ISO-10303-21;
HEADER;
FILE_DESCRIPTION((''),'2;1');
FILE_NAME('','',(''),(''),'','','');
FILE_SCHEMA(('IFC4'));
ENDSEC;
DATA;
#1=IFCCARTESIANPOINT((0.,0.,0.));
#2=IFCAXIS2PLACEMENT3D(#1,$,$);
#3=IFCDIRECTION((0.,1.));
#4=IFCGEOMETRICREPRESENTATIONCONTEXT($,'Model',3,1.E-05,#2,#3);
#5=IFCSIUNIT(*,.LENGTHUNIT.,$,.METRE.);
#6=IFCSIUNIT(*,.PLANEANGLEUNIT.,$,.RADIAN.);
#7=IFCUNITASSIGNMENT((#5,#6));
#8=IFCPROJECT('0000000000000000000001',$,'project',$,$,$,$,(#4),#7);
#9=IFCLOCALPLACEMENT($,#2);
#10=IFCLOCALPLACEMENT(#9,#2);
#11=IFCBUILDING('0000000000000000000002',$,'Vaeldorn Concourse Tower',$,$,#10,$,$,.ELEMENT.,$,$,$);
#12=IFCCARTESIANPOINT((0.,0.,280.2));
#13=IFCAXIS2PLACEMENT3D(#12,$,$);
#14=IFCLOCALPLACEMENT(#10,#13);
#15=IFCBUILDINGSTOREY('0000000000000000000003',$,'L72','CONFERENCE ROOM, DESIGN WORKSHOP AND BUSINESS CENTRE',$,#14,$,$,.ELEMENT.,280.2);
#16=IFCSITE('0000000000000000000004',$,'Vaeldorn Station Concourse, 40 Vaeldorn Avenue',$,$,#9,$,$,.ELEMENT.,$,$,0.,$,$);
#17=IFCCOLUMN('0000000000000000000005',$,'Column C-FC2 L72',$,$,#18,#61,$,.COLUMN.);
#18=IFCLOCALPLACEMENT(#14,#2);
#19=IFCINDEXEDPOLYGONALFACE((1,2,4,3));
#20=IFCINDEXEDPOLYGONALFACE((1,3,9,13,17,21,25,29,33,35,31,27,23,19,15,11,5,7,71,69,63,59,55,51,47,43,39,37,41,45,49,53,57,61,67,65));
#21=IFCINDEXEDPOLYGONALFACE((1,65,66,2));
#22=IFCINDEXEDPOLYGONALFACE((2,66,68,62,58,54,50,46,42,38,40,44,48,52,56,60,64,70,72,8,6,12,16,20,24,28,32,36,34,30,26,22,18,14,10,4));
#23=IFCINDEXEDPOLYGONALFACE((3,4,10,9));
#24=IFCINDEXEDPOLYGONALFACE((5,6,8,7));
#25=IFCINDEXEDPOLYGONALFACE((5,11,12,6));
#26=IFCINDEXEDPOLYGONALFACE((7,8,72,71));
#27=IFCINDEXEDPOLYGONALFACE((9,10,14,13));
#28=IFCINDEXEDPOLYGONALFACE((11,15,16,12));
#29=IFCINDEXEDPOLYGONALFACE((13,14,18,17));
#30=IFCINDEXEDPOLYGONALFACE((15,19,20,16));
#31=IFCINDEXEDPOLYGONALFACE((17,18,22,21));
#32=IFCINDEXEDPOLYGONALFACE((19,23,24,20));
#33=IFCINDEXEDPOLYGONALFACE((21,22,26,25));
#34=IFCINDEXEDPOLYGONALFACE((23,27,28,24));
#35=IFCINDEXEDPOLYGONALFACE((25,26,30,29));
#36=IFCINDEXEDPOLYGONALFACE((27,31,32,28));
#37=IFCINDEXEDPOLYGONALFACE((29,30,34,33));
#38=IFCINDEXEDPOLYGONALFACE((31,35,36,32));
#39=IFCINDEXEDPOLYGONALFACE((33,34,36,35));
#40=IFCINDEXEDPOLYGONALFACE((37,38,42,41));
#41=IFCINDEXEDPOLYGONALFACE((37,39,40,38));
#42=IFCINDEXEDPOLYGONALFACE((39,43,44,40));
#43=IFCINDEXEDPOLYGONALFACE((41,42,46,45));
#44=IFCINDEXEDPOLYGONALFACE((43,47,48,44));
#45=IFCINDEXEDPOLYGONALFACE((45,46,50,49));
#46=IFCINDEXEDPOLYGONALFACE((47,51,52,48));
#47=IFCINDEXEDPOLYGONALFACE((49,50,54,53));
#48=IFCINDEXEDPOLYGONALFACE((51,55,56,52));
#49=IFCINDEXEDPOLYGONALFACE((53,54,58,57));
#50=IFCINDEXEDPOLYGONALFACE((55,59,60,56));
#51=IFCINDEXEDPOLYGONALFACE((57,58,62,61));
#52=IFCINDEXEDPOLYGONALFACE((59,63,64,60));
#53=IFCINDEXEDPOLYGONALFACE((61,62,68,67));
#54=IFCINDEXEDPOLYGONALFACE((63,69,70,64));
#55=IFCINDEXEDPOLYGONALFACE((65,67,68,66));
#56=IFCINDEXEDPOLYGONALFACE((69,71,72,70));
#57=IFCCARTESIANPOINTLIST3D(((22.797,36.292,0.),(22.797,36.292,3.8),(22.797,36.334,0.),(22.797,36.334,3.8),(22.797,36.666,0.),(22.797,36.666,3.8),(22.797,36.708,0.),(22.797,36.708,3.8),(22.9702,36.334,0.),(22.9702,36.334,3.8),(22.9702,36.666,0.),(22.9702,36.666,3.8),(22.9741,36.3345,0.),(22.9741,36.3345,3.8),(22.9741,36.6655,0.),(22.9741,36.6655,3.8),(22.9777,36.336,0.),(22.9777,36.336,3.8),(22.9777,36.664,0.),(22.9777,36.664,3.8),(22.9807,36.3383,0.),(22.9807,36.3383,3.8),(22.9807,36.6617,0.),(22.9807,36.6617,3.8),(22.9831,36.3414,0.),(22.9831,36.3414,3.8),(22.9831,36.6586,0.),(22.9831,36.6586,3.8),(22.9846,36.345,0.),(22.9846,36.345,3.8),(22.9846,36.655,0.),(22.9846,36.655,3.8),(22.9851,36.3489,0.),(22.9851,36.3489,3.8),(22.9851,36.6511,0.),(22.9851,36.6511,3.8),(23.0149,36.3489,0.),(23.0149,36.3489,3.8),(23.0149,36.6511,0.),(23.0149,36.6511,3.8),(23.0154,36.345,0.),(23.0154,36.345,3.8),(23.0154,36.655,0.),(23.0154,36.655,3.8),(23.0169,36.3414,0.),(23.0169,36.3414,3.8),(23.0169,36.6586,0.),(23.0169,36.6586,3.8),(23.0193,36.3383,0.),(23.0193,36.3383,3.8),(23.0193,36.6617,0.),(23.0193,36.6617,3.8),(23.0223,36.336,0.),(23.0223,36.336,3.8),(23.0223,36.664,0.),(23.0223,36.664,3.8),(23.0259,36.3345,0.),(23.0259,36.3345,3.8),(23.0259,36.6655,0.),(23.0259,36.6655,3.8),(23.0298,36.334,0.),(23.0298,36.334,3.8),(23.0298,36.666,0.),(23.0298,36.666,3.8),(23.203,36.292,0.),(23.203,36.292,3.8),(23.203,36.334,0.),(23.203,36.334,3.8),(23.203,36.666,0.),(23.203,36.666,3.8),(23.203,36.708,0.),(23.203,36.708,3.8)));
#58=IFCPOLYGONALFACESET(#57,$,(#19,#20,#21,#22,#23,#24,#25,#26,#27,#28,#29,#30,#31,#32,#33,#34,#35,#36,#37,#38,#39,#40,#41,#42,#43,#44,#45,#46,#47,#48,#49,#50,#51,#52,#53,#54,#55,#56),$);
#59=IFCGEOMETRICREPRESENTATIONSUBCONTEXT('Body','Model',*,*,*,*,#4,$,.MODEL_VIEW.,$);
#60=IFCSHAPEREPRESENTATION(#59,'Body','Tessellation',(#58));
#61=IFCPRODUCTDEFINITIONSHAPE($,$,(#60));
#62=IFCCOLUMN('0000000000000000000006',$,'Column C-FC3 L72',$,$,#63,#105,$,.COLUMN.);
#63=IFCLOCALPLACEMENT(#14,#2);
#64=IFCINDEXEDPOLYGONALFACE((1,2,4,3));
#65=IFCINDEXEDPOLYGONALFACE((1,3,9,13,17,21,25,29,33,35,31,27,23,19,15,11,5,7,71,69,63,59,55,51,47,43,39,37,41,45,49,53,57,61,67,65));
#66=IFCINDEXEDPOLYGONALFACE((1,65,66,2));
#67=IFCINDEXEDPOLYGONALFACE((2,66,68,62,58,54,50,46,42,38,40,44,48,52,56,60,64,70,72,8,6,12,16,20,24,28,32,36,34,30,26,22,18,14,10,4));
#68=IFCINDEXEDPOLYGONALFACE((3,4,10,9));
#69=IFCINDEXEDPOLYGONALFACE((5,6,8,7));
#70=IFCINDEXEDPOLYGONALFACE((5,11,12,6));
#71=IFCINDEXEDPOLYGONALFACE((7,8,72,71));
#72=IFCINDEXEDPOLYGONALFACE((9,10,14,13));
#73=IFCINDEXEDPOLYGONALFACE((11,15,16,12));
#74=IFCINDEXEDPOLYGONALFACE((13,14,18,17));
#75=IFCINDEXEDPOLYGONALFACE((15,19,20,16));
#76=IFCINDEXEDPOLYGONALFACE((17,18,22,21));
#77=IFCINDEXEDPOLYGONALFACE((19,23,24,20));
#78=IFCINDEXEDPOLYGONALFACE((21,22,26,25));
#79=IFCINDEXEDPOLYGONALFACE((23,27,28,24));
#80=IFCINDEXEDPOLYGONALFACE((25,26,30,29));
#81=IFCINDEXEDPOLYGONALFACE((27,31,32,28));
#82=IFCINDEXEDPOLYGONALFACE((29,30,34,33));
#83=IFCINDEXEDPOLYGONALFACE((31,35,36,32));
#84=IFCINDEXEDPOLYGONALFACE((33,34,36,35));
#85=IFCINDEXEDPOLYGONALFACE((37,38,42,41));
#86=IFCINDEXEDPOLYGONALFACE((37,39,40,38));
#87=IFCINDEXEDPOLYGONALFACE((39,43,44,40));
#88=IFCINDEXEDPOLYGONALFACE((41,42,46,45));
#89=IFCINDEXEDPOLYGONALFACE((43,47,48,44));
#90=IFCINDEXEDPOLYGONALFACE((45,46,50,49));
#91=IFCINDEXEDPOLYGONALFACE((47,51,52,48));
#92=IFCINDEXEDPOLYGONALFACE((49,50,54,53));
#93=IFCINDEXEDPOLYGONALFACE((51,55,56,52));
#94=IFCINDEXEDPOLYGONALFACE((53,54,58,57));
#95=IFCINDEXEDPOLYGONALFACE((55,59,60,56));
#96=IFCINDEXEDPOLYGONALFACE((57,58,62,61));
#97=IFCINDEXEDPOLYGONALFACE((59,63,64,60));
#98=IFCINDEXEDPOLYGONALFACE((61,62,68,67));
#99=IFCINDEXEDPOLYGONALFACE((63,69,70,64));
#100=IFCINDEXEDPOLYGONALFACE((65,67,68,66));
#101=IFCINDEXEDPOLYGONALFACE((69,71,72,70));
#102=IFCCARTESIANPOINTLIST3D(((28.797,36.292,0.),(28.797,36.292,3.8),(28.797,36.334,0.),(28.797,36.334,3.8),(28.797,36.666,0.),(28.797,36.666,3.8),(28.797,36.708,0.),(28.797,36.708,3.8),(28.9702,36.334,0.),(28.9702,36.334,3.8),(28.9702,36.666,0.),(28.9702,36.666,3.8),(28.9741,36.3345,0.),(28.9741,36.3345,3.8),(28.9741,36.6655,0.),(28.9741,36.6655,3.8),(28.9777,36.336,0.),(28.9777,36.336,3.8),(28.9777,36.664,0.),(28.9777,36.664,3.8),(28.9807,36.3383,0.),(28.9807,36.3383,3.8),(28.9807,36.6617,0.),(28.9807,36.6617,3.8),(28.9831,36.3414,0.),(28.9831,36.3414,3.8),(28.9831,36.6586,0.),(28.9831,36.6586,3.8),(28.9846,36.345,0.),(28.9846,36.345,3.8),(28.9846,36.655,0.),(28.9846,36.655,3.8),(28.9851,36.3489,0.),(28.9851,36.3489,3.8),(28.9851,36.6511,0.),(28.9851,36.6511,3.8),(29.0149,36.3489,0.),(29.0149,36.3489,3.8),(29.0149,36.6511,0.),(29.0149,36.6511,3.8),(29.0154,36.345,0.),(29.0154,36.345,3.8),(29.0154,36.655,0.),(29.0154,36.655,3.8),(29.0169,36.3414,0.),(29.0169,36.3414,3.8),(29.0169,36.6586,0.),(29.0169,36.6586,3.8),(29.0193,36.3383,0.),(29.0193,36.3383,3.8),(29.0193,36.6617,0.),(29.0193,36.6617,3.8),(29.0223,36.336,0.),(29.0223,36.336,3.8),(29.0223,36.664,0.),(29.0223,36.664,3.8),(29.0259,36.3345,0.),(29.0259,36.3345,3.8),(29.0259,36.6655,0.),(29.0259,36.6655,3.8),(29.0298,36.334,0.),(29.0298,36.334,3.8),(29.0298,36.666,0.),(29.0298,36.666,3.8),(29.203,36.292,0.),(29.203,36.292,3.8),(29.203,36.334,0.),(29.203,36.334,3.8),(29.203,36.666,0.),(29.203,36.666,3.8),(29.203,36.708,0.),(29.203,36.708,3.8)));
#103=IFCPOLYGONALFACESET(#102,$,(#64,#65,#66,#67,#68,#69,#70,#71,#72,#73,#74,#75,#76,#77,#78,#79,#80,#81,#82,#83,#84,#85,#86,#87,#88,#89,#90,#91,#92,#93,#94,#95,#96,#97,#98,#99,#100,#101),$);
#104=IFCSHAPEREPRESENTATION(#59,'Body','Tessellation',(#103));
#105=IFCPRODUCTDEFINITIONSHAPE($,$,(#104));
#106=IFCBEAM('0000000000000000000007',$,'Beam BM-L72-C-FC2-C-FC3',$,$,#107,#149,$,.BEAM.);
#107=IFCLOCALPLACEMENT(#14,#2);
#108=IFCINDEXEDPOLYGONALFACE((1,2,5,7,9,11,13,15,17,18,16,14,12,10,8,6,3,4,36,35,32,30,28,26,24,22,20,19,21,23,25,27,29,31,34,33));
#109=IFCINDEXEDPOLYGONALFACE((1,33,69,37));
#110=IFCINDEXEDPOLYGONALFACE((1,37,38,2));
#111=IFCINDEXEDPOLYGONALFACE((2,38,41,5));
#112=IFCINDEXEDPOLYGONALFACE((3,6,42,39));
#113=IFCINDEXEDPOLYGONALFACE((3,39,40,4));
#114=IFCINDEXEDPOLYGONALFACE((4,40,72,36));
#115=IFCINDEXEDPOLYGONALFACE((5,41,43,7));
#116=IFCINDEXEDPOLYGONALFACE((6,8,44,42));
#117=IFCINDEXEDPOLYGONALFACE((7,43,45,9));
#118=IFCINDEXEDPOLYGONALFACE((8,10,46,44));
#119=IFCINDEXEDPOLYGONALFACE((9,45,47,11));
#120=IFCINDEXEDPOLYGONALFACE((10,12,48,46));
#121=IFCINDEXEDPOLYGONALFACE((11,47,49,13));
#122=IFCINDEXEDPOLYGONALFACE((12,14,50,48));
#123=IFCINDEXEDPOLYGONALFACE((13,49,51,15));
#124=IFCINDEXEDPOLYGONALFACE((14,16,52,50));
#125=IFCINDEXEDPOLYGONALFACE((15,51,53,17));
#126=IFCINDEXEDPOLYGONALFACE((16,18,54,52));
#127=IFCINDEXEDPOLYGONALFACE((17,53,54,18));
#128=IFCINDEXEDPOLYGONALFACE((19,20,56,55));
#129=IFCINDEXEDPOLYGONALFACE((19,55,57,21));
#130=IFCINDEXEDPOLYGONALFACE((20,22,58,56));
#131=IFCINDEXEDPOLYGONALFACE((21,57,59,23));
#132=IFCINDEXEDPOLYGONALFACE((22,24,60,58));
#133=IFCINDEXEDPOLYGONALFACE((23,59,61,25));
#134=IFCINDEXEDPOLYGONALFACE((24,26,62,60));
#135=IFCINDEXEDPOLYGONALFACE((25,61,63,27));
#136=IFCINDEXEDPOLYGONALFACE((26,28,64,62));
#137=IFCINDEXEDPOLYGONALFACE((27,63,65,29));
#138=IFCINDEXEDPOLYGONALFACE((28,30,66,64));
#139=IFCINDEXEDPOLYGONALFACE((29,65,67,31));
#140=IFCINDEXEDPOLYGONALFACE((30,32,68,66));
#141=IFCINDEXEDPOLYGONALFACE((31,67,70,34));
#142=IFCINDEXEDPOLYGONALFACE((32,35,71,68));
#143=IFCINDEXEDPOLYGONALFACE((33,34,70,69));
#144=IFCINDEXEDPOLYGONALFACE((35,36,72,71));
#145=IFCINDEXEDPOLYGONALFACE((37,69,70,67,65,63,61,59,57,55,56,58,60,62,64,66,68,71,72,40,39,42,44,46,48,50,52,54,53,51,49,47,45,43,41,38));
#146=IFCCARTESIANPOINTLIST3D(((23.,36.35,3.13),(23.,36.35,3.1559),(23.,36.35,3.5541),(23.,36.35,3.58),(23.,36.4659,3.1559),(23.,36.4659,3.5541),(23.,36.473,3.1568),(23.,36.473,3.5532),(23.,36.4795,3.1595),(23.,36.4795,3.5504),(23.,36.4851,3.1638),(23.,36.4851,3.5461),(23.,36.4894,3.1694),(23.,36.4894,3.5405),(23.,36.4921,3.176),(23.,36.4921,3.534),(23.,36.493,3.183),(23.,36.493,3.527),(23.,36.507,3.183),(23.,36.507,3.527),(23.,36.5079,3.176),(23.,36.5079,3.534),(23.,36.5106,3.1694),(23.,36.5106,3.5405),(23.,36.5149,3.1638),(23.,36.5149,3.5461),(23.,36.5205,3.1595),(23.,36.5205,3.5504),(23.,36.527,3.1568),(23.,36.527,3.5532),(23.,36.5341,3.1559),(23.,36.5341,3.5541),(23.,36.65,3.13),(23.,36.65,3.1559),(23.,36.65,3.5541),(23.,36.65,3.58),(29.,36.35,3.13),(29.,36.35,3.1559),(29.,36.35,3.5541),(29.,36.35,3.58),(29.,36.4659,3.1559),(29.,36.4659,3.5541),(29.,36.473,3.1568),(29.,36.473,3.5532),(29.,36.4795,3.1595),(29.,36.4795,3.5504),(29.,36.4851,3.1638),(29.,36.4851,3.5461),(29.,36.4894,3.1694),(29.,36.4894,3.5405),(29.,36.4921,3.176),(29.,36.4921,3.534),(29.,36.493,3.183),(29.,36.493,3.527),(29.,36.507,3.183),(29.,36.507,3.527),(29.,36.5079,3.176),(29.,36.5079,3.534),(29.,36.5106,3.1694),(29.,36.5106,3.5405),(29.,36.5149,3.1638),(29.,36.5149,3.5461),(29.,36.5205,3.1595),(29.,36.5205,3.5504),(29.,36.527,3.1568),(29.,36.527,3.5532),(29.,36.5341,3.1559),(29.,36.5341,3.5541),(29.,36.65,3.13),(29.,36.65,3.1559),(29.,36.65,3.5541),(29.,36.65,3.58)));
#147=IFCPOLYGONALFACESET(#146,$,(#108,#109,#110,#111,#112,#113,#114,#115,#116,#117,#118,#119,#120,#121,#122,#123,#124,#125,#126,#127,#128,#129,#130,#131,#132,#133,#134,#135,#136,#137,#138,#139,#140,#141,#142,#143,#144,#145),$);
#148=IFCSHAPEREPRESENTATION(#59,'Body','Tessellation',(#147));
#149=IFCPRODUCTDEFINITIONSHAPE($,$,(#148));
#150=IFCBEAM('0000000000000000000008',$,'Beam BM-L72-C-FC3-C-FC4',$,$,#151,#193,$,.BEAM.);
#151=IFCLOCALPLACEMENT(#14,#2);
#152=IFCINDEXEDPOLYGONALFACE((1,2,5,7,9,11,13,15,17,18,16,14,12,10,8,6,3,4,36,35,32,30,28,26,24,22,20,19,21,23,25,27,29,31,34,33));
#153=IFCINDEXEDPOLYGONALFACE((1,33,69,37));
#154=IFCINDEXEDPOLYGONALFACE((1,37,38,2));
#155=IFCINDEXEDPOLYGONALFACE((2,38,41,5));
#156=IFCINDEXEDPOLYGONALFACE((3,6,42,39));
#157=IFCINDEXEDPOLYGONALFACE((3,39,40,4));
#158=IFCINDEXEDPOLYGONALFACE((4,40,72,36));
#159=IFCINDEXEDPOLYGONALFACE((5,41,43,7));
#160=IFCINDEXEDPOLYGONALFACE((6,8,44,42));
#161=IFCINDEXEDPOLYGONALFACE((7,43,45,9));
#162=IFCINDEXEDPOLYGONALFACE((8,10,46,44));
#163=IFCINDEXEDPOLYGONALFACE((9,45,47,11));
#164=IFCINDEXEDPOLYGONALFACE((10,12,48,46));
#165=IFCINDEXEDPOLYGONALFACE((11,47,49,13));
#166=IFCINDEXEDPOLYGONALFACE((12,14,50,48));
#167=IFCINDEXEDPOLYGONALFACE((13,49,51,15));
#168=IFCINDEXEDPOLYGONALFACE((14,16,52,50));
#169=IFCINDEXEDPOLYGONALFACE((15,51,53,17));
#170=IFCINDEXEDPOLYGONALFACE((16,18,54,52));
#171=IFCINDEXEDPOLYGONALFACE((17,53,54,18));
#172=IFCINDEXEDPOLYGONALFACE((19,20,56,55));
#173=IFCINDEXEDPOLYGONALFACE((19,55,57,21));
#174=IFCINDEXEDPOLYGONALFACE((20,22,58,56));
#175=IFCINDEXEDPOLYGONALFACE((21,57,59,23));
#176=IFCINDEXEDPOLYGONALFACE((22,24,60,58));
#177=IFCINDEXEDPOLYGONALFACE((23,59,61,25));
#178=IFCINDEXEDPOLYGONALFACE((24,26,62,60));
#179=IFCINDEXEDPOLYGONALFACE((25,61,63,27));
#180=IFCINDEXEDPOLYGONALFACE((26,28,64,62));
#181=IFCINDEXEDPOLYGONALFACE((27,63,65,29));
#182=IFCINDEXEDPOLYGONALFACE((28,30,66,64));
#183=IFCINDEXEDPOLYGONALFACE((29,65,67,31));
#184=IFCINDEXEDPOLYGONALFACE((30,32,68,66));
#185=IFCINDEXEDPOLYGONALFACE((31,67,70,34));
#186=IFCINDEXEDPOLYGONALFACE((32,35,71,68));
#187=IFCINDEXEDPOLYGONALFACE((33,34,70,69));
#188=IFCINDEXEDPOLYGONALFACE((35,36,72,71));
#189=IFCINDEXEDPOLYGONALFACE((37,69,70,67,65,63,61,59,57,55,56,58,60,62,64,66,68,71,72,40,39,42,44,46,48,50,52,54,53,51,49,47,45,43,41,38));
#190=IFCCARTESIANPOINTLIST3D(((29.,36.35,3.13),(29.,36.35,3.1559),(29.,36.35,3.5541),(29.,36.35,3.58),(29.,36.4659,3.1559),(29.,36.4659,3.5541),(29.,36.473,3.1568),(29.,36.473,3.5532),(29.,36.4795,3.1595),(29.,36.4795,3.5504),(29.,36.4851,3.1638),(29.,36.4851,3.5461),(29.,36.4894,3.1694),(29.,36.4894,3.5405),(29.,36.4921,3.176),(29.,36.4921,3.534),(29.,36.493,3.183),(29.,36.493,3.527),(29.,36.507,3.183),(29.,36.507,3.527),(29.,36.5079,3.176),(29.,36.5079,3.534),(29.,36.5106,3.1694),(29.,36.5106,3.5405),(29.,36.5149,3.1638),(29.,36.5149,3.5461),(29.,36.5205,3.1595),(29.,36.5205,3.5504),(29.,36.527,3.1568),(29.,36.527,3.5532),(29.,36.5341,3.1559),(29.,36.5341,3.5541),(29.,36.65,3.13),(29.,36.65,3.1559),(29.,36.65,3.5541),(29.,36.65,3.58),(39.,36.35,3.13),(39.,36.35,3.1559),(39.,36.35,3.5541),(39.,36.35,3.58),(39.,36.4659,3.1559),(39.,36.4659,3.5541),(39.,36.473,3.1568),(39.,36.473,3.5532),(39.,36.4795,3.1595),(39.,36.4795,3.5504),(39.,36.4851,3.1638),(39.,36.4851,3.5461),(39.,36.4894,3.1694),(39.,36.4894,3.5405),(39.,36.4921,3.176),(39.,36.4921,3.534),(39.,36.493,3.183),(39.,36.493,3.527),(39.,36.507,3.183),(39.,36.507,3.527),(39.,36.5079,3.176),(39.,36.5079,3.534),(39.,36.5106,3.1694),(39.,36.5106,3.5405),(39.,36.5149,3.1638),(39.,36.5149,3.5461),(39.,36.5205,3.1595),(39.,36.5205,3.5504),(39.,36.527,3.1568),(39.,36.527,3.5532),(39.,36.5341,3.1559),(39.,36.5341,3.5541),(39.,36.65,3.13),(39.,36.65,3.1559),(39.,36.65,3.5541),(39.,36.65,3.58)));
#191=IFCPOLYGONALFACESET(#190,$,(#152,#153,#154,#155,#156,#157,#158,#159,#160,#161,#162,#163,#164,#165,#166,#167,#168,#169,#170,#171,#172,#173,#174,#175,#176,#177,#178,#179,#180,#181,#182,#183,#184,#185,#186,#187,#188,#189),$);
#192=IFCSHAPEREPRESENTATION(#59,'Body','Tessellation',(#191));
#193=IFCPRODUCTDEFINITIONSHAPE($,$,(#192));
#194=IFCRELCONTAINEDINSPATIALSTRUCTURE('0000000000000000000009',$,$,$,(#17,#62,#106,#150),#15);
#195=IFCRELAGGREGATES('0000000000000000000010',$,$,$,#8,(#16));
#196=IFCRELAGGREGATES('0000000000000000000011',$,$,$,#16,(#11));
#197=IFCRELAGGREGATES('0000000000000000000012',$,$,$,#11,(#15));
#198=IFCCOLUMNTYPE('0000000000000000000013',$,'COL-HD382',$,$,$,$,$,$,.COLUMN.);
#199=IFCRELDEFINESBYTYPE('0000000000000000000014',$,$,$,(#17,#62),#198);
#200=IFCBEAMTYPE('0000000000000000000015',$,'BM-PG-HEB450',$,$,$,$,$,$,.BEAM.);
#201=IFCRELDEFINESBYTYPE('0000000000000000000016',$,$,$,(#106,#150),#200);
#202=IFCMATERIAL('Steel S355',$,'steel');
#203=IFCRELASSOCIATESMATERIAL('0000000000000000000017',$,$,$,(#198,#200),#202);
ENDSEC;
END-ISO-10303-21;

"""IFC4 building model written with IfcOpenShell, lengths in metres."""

from ifc_helpers import new_model, si_unit, direction, frame, origin, origin_2d, place, context, subcontext, project, spatial, i_section, extrude, source, transform, mapped, material, material_profile, profile_set, type_object, element, save


model = new_model("IFC4")

# Units and contexts
model_context = context("Model", 3, precision=1e-05, world=origin(), true_north=direction((0.0, 1.0)))
body_context = subcontext(model_context, "Body", "Model", "MODEL_VIEW")
ifc_project = project(units=[si_unit("LENGTHUNIT", "METRE"), si_unit("PLANEANGLEUNIT", "RADIAN")], contexts=[model_context])

# Site, building, storey
site_placement = place(None, origin())
site = spatial("IfcSite", under=ifc_project, at=site_placement, Name="Vaeldorn Station Concourse, 40 Vaeldorn Avenue", CompositionType="ELEMENT", RefElevation=0.0)
building_placement = place(site_placement, origin())
building = spatial("IfcBuilding", under=site, at=building_placement, Name="Vaeldorn Concourse Tower", CompositionType="ELEMENT")
storey_placement = place(building_placement, frame((0.0, 0.0, 280.2)))
storey = spatial("IfcBuildingStorey", under=building, at=storey_placement, Name="L72", Description="CONFERENCE ROOM, DESIGN WORKSHOP AND BUSINESS CENTRE", CompositionType="ELEMENT", Elevation=280.2)

# Columns
ifc_material_1 = material(Name="Steel S355", Category="steel")
ifc_material_profile_1 = material_profile(ifc_material_1, i_section(OverallWidth=0.406, OverallDepth=0.416, WebThickness=0.0298, FlangeThickness=0.042, FilletRadius=0.0149, at=origin_2d()), Name="HD 400x382")
ifc_profile_set_1 = profile_set([ifc_material_profile_1], Name="Steel S355")
column_type = type_object("IfcColumnType", Name="COL-HD382", PredefinedType="COLUMN", material=ifc_profile_set_1)
shared_shape_1 = source(origin(), body_context, "Body", "SweptSolid", [
    extrude(i_section(OverallWidth=0.406, OverallDepth=0.416, WebThickness=0.0298, FlangeThickness=0.042, FilletRadius=0.0149, at=origin_2d()), origin(), (0.0, 0.0, 1.0), 3.8),
])
for number, where, z_axis, x_axis, name in (
    (1, (23.0, 36.5, 0.0), (0.0, 0.0, 1.0), (1.0, 0.0, 0.0), "Column C-FC2 L72"),
    (2, (29.0, 36.5, 0.0), (0.0, 0.0, 1.0), (1.0, 0.0, 0.0), "Column C-FC3 L72"),
):
    element("IfcColumn", number, at=place(storey_placement, frame(where, z_axis=z_axis, x_axis=x_axis)), inside=storey, type_object=column_type, Name=name, PredefinedType="COLUMN", context=body_context, shape_type="MappedRepresentation", body=[
        mapped(shared_shape_1, transform((0.0, 0.0, 0.0), scale=1.0)),
    ])

# Beams
ifc_material_profile_2 = material_profile(ifc_material_1, i_section(OverallWidth=0.3, OverallDepth=0.45, WebThickness=0.0139, FlangeThickness=0.0259, FilletRadius=0.0271, at=origin_2d()), Name="HEB 450")
ifc_profile_set_2 = profile_set([ifc_material_profile_2], Name="Steel S355")
beam_type_1 = type_object("IfcBeamType", Name="BM-PG-HEB450", PredefinedType="BEAM", material=ifc_profile_set_2)
shared_shape_2 = source(origin(), body_context, "Body", "SweptSolid", [
    extrude(i_section(OverallWidth=0.3, OverallDepth=0.45, WebThickness=0.0139, FlangeThickness=0.0259, FilletRadius=0.0271, at=origin_2d()), origin(), (0.0, 0.0, 1.0), 6.0),
])
beam_1_placement = place(storey_placement, frame((23.0, 36.5, 3.355), z_axis=(1.0, 0.0, 0.0), x_axis=(0.0, 1.0, 0.0)))
element("IfcBeam", 3, at=beam_1_placement, inside=storey, type_object=beam_type_1, Name="Beam BM-L72-C-FC2-C-FC3", PredefinedType="BEAM", context=body_context, shape_type="MappedRepresentation", body=[
    mapped(shared_shape_2, transform((0.0, 0.0, 0.0), scale=1.0)),
])
shared_shape_3 = source(origin(), body_context, "Body", "SweptSolid", [
    extrude(i_section(OverallWidth=0.3, OverallDepth=0.45, WebThickness=0.0139, FlangeThickness=0.0259, FilletRadius=0.0271, at=origin_2d()), origin(), (0.0, 0.0, 1.0), 10.0),
])
beam_2_placement = place(storey_placement, frame((29.0, 36.5, 3.355), z_axis=(1.0, 0.0, 0.0), x_axis=(0.0, 1.0, 0.0)))
element("IfcBeam", 4, at=beam_2_placement, inside=storey, type_object=beam_type_1, Name="Beam BM-L72-C-FC3-C-FC4", PredefinedType="BEAM", context=body_context, shape_type="MappedRepresentation", body=[
    mapped(shared_shape_3, transform((0.0, 0.0, 0.0), scale=1.0)),
])

save(model, "model.ifc")
